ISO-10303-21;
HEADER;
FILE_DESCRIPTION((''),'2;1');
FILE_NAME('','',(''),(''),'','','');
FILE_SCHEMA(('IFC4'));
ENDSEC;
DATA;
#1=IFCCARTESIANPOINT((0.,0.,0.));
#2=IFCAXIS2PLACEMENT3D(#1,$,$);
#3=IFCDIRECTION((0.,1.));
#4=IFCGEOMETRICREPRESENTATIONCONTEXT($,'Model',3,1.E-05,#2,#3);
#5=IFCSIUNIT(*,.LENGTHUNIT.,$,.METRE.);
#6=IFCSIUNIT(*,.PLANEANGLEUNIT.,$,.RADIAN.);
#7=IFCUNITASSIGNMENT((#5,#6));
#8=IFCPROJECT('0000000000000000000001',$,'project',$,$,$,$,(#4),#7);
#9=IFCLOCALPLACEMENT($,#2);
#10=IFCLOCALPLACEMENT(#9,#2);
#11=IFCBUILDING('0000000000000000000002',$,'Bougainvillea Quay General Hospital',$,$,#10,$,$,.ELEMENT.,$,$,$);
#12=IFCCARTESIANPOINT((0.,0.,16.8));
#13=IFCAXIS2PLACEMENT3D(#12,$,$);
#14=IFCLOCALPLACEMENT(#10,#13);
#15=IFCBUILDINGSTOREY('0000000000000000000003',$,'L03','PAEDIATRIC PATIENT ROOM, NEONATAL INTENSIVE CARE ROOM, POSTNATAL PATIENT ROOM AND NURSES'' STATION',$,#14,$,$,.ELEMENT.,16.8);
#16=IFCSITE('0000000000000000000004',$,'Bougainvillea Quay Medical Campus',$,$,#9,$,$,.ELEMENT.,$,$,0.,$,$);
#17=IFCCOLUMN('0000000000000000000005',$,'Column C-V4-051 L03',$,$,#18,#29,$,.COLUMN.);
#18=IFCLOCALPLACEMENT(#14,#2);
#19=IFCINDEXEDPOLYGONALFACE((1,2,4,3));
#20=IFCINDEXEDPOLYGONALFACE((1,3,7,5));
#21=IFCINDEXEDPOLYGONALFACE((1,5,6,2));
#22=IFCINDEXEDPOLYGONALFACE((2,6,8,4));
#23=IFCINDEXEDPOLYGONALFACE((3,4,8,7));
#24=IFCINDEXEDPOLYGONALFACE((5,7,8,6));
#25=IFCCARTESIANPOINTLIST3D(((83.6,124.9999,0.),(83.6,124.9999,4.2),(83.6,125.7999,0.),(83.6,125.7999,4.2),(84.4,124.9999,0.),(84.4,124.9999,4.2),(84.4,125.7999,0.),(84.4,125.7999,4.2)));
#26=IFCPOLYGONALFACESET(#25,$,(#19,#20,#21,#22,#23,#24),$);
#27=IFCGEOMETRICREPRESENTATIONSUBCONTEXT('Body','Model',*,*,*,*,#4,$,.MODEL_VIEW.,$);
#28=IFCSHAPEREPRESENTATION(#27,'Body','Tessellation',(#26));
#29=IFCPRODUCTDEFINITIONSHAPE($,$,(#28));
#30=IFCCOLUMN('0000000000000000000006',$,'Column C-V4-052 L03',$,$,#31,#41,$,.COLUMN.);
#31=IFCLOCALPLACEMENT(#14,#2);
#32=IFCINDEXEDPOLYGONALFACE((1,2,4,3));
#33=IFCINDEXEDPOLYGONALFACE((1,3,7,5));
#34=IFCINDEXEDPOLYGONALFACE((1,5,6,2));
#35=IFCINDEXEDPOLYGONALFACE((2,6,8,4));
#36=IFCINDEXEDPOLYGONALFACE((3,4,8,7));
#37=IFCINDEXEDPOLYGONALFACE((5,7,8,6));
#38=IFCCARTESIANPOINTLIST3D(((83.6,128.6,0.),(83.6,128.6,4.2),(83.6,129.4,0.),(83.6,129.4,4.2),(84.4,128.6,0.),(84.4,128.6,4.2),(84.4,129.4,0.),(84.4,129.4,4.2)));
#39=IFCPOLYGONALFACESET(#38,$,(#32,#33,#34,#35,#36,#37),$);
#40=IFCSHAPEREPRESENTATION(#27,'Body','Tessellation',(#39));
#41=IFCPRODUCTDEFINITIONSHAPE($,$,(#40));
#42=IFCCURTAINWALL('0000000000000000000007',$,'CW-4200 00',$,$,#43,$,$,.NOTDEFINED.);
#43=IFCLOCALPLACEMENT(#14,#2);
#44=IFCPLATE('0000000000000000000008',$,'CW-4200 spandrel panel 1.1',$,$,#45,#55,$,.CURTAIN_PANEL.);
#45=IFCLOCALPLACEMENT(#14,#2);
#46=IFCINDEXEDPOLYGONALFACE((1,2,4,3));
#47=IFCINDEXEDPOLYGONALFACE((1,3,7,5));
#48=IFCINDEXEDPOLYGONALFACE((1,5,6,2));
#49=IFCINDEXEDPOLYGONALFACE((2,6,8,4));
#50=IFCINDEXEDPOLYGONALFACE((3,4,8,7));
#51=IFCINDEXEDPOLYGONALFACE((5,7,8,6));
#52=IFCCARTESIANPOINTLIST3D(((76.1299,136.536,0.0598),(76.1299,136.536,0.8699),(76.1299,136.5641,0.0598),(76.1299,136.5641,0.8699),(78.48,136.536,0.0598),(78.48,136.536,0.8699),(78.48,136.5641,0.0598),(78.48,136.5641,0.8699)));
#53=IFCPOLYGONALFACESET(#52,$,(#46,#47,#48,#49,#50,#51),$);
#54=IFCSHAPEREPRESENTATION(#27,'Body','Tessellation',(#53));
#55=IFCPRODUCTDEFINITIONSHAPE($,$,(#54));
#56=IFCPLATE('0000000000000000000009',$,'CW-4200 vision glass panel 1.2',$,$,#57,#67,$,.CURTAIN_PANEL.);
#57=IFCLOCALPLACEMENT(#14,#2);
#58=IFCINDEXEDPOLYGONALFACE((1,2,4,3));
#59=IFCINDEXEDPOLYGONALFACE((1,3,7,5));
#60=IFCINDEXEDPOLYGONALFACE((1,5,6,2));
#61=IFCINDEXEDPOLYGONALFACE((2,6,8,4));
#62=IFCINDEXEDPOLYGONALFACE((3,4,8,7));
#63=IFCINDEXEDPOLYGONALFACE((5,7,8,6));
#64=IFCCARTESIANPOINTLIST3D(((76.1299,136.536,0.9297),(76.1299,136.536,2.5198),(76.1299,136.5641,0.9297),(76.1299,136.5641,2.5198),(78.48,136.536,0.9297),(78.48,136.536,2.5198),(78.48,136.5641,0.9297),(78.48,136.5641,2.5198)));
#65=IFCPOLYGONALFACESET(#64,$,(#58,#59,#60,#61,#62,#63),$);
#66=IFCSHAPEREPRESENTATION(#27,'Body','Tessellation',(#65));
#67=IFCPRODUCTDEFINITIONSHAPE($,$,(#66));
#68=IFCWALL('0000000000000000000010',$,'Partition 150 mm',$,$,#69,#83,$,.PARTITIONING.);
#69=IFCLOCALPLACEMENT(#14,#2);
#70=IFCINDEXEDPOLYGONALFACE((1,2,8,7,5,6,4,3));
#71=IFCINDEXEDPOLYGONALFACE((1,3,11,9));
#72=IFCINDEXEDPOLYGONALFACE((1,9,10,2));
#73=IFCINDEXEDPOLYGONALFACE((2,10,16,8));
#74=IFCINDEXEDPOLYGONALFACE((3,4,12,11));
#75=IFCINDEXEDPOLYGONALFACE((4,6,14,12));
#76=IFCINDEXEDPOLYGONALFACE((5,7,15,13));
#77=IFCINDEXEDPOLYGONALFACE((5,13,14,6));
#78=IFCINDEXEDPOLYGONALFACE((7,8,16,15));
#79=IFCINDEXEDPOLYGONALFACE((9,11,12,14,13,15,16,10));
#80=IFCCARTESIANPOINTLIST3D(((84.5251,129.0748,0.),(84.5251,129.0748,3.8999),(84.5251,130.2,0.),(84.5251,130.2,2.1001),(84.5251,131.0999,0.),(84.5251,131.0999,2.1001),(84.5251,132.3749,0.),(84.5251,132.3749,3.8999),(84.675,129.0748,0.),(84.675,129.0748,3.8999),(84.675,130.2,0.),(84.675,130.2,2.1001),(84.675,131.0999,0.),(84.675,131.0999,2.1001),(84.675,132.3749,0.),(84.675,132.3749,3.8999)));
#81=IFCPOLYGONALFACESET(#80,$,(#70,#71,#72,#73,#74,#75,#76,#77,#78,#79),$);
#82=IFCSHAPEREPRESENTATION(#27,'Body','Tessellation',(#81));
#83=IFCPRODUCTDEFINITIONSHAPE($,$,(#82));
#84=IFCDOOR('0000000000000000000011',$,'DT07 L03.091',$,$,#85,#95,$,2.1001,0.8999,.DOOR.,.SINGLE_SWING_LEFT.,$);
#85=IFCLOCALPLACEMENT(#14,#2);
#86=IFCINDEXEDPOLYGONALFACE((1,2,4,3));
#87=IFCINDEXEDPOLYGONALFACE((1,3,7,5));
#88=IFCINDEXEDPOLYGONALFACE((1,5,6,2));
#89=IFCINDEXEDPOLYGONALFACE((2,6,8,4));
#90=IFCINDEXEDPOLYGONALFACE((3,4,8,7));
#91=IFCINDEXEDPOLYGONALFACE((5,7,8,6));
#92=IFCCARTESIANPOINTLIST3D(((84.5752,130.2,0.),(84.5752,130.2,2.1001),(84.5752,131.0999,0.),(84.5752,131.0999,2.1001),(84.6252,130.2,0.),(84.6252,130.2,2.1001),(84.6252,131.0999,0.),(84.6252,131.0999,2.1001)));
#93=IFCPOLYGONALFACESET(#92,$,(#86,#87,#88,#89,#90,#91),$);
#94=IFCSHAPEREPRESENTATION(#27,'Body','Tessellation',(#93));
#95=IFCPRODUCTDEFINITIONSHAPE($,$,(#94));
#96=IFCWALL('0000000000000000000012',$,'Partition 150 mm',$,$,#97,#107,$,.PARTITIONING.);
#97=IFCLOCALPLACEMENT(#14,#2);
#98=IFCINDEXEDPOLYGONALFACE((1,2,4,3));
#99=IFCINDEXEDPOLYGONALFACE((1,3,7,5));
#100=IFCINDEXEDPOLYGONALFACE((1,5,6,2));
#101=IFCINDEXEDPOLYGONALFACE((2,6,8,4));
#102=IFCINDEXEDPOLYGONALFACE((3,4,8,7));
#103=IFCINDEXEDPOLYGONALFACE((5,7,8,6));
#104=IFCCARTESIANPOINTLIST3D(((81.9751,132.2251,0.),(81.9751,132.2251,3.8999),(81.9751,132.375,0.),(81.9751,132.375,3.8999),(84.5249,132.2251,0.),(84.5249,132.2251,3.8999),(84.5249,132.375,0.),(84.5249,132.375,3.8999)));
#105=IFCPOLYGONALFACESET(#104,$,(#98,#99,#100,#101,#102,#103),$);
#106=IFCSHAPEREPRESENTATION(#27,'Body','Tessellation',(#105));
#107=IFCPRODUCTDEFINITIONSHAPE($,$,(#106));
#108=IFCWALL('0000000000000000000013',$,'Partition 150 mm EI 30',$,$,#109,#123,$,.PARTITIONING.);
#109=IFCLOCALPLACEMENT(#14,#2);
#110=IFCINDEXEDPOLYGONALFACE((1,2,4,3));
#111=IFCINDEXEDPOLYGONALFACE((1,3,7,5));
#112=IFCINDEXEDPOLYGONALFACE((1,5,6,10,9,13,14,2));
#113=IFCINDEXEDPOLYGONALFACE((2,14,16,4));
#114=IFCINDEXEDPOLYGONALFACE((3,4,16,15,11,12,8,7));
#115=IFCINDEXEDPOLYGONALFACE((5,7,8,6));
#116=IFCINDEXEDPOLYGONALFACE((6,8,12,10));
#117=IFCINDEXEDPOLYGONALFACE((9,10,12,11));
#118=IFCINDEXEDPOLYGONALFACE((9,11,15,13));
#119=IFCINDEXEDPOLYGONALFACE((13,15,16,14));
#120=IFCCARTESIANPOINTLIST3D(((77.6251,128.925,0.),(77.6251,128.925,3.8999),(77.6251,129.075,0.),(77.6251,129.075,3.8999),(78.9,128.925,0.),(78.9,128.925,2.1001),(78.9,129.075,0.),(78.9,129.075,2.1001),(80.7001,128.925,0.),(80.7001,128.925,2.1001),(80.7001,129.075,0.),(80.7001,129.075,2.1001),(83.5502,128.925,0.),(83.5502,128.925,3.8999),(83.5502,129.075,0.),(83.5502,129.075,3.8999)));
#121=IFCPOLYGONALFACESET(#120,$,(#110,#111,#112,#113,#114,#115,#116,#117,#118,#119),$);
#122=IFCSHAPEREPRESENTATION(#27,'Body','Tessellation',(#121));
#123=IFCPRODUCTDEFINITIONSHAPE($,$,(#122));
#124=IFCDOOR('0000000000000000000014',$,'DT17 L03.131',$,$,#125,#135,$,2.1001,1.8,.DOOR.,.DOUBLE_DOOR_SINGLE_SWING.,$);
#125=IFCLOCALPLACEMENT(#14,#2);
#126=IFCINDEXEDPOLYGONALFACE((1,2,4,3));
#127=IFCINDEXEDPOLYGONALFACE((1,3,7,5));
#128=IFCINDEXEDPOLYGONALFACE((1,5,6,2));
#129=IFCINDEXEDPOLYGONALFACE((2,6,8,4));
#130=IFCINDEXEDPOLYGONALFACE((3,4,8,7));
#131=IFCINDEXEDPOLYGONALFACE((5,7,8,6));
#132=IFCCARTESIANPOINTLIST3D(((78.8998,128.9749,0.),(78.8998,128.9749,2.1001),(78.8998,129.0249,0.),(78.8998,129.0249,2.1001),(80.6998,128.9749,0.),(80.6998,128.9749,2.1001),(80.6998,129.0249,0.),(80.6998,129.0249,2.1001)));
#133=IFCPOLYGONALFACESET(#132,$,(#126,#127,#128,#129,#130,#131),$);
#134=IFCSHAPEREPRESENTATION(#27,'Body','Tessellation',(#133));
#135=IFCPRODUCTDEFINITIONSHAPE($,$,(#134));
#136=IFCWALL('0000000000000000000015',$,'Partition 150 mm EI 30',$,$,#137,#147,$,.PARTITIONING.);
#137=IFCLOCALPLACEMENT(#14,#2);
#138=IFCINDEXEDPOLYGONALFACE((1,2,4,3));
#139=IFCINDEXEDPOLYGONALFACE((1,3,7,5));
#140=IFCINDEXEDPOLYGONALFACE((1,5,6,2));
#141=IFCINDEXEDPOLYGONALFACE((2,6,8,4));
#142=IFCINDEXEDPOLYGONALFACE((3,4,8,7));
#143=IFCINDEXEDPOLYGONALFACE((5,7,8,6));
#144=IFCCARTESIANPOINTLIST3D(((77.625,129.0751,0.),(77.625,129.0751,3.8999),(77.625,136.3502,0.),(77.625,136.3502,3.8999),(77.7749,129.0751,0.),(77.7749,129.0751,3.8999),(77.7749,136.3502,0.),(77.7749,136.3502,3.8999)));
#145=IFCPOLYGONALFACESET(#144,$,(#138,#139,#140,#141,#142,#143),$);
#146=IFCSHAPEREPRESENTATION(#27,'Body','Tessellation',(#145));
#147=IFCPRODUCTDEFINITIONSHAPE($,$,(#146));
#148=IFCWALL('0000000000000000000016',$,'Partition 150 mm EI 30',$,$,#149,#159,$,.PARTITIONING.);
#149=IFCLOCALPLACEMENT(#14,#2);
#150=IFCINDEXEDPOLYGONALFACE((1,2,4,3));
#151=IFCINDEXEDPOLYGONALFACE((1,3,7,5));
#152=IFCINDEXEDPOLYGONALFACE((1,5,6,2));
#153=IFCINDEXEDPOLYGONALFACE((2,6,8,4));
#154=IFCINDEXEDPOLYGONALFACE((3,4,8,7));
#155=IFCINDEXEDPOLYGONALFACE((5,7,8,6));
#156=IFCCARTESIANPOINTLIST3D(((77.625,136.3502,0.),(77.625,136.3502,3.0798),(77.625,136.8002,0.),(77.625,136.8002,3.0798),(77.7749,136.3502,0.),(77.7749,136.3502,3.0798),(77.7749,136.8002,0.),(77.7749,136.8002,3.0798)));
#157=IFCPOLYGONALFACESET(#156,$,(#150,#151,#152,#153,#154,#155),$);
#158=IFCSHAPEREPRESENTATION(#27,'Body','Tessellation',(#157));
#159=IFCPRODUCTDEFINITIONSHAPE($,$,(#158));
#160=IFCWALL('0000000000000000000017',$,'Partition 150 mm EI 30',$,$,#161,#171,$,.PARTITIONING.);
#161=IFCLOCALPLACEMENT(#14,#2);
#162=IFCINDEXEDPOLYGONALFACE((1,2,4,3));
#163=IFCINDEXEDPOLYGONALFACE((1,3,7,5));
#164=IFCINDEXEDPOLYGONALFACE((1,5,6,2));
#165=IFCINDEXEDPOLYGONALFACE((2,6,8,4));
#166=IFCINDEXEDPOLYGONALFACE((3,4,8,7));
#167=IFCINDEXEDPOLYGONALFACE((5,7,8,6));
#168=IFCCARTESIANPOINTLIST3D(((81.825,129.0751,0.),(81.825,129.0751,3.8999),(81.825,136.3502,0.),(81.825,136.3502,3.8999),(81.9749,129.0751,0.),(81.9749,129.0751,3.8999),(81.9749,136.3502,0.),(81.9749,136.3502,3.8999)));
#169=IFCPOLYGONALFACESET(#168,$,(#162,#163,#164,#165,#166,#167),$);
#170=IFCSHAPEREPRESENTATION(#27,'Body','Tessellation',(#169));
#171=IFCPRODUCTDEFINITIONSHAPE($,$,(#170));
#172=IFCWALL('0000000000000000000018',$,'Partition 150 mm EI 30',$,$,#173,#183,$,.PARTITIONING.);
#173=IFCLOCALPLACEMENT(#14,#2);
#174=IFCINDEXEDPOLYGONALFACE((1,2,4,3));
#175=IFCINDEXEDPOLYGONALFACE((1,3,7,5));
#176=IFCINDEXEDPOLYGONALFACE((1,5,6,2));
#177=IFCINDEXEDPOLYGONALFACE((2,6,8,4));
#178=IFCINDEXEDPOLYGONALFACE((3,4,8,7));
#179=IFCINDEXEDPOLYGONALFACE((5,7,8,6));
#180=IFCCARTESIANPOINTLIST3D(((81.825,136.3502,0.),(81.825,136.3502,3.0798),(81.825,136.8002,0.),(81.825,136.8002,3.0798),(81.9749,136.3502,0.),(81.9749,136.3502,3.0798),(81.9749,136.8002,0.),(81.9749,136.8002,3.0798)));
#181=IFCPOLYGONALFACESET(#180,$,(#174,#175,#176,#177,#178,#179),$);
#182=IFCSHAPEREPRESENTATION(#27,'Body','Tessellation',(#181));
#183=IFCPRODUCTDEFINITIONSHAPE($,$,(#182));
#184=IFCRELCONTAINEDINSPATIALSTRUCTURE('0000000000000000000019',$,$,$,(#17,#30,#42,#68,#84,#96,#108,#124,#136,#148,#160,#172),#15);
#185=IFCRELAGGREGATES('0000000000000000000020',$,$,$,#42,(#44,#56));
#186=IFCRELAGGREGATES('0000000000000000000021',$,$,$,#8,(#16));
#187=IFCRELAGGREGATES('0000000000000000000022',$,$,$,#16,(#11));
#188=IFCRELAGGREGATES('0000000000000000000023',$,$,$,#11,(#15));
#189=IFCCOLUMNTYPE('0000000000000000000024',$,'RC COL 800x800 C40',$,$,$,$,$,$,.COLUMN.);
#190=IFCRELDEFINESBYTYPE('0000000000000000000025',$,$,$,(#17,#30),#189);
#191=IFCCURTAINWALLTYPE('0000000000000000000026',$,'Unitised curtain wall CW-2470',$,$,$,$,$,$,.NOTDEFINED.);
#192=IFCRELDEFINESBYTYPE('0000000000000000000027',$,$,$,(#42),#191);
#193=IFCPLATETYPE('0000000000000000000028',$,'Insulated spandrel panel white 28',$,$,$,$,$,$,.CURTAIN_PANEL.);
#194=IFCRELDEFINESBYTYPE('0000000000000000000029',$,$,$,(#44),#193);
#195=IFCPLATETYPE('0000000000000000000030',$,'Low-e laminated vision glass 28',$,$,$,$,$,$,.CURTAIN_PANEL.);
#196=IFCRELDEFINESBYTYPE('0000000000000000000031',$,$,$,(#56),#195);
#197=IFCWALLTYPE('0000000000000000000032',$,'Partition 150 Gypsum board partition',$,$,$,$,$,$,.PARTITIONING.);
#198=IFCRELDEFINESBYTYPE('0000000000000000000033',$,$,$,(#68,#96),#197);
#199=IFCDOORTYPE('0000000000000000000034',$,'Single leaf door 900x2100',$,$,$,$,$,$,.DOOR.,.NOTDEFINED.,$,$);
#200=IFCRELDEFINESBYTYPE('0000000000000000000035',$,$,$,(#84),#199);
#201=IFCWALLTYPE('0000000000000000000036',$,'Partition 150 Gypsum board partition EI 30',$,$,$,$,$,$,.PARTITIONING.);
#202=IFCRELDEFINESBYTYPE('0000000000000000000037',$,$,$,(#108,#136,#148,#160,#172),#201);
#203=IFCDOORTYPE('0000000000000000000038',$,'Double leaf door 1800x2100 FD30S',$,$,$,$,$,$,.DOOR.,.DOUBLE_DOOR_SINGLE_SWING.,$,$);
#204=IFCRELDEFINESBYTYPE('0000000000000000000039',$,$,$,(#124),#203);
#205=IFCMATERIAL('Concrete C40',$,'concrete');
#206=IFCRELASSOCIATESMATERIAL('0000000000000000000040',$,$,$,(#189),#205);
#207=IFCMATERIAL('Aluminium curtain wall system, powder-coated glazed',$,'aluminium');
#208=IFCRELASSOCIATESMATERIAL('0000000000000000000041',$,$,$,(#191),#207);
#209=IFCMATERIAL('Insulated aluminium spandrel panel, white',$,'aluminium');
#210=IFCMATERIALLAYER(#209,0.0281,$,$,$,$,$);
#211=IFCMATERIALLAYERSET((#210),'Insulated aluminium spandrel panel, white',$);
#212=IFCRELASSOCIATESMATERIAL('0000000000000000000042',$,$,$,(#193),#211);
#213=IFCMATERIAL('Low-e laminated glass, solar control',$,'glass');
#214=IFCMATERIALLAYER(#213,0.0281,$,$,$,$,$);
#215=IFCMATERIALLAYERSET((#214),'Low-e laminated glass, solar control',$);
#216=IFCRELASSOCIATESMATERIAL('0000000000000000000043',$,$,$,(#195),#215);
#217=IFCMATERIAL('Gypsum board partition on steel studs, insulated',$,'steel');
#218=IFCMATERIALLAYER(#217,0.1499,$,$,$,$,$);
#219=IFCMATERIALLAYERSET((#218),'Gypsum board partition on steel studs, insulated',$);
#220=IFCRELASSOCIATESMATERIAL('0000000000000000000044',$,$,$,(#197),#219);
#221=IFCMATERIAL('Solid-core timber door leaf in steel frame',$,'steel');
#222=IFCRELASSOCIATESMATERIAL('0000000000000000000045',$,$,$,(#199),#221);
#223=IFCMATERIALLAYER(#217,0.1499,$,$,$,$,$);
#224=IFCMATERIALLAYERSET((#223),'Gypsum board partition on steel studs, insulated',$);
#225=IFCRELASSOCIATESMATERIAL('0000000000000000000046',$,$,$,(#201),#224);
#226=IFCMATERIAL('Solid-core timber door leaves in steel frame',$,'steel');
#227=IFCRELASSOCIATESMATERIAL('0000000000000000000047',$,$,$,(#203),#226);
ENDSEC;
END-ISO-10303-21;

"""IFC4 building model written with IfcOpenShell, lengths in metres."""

from ifc_helpers import new_model, si_unit, direction, frame, frame_2d, origin, origin_2d, place, context, subcontext, project, spatial, rectangle, extrude, material, layer, layer_set, material_profile, profile_set, type_object, element, fill, aggregate, save


model = new_model("IFC4")

# Units and contexts
model_context = context("Model", 3, precision=1e-05, world=origin(), true_north=direction((0.0, 1.0)))
body_context = subcontext(model_context, "Body", "Model", "MODEL_VIEW")
ifc_project = project(units=[si_unit("LENGTHUNIT", "METRE"), si_unit("PLANEANGLEUNIT", "RADIAN")], contexts=[model_context])

# Site, building, storey
site_placement = place(None, origin())
site = spatial("IfcSite", under=ifc_project, at=site_placement, Name="Bougainvillea Quay Medical Campus", CompositionType="ELEMENT", RefElevation=0.0)
building_placement = place(site_placement, origin())
building = spatial("IfcBuilding", under=site, at=building_placement, Name="Bougainvillea Quay General Hospital", CompositionType="ELEMENT")
storey_placement = place(building_placement, frame((0.0, 0.0, 16.8)))
storey = spatial("IfcBuildingStorey", under=building, at=storey_placement, Name="L03", Description="PAEDIATRIC PATIENT ROOM, NEONATAL INTENSIVE CARE ROOM, POSTNATAL PATIENT ROOM AND NURSES' STATION", CompositionType="ELEMENT", Elevation=16.8)

# Columns
ifc_material_1 = material(Name="Concrete C40", Category="concrete")
ifc_material_profile = material_profile(ifc_material_1, rectangle(XDim=0.8, YDim=0.8, at=origin_2d()))
ifc_profile_set = profile_set([ifc_material_profile], Name="Concrete C40")
column_type = type_object("IfcColumnType", Name="RC COL 800x800 C40", PredefinedType="COLUMN", material=ifc_profile_set)
for number, where, z_axis, x_axis, name in (
    (1, (84.0, 125.3999, 0.0), (0.0, 0.0, 1.0), (1.0, 0.0, 0.0), "Column C-V4-051 L03"),
    (2, (84.0, 129.0, 0.0), (0.0, 0.0, 1.0), (1.0, 0.0, 0.0), "Column C-V4-052 L03"),
):
    element("IfcColumn", number, at=place(storey_placement, frame(where, z_axis=z_axis, x_axis=x_axis)), inside=storey, type_object=column_type, Name=name, PredefinedType="COLUMN", context=body_context, shape_type="SweptSolid", body=[
        extrude(rectangle(XDim=0.8, YDim=0.8, at=origin_2d()), origin(), (0.0, 0.0, 1.0), 4.2),
    ])

# Curtain wall, plates
ifc_material_2 = material(Name="Aluminium curtain wall system, powder-coated glazed", Category="aluminium")
curtain_wall_type = type_object("IfcCurtainWallType", Name="Unitised curtain wall CW-2470", PredefinedType="NOTDEFINED", material=ifc_material_2)
curtain_wall_placement = place(storey_placement, origin())
curtain_wall = element("IfcCurtainWall", 3, at=curtain_wall_placement, inside=storey, type_object=curtain_wall_type, Name="CW-4200 00", PredefinedType="NOTDEFINED")
ifc_material_3 = material(Name="Insulated aluminium spandrel panel, white", Category="aluminium")
ifc_layer_1 = layer(ifc_material_3, 0.0281)
ifc_layer_set_1 = layer_set([ifc_layer_1], Name="Insulated aluminium spandrel panel, white")
plate_type_1 = type_object("IfcPlateType", Name="Insulated spandrel panel white 28", PredefinedType="CURTAIN_PANEL", material=ifc_layer_set_1)
plate_1_placement = place(storey_placement, frame((77.3049, 136.55, 0.0598), z_axis=(0.0, 0.0, 1.0), x_axis=(-1.0, 0.0, 0.0)))
plate_1 = element("IfcPlate", 4, at=plate_1_placement, type_object=plate_type_1, Name="CW-4200 spandrel panel 1.1", PredefinedType="CURTAIN_PANEL", context=body_context, shape_type="SweptSolid", body=[
    extrude(rectangle(XDim=2.3501, YDim=0.0281, at=origin_2d()), origin(), (0.0, 0.0, 1.0), 0.8101),
])
ifc_material_4 = material(Name="Low-e laminated glass, solar control", Category="glass")
ifc_layer_2 = layer(ifc_material_4, 0.0281)
ifc_layer_set_2 = layer_set([ifc_layer_2], Name="Low-e laminated glass, solar control")
plate_type_2 = type_object("IfcPlateType", Name="Low-e laminated vision glass 28", PredefinedType="CURTAIN_PANEL", material=ifc_layer_set_2)
plate_2_placement = place(storey_placement, frame((77.3049, 136.55, 0.9297), z_axis=(0.0, 0.0, 1.0), x_axis=(-1.0, 0.0, 0.0)))
plate_2 = element("IfcPlate", 5, at=plate_2_placement, type_object=plate_type_2, Name="CW-4200 vision glass panel 1.2", PredefinedType="CURTAIN_PANEL", context=body_context, shape_type="SweptSolid", body=[
    extrude(rectangle(XDim=2.3501, YDim=0.0281, at=origin_2d()), origin(), (0.0, 0.0, 1.0), 1.5901),
])
aggregate(curtain_wall, [plate_1, plate_2])

# Wall, opening, door
ifc_material_5 = material(Name="Gypsum board partition on steel studs, insulated", Category="steel")
ifc_layer_3 = layer(ifc_material_5, 0.1499)
ifc_layer_set_3 = layer_set([ifc_layer_3], Name="Gypsum board partition on steel studs, insulated")
wall_type_1 = type_object("IfcWallType", Name="Partition 150 Gypsum board partition", PredefinedType="PARTITIONING", material=ifc_layer_set_3)
wall_1_placement = place(storey_placement, frame((84.6001, 129.075, 0.0), z_axis=(0.0, 0.0, 1.0), x_axis=(0.0, 1.0, 0.0)))
wall_1 = element("IfcWall", 6, at=wall_1_placement, inside=storey, type_object=wall_type_1, Name="Partition 150 mm", PredefinedType="PARTITIONING", context=body_context, shape_type="SweptSolid", body=[
    extrude(rectangle(XDim=3.3, YDim=0.1499, at=frame_2d((1.6499, 0.0))), origin(), (0.0, 0.0, 1.0), 3.8999),
])
opening_1_placement = place(wall_1_placement, frame((1.125, 0.0, 0.0)))
opening_1 = element("IfcOpeningElement", 7, at=opening_1_placement, cuts=wall_1, PredefinedType="OPENING", context=body_context, shape_type="SweptSolid", body=[
    extrude(rectangle(XDim=0.8999, YDim=2.1001, at=frame_2d((0.45, 1.05))), frame((0.0, 0.085, 0.0), z_axis=(0.0, -1.0, 0.0), x_axis=(1.0, 0.0, 0.0)), (0.0, 0.0, 1.0), 0.1699),
])
ifc_material_6 = material(Name="Solid-core timber door leaf in steel frame", Category="steel")
door_type_1 = type_object("IfcDoorType", Name="Single leaf door 900x2100", OperationType="NOTDEFINED", PredefinedType="DOOR", material=ifc_material_6)
door_1_placement = place(opening_1_placement, origin())
door_1 = element("IfcDoor", 8, at=door_1_placement, inside=storey, type_object=door_type_1, Name="DT07 L03.091", OperationType="SINGLE_SWING_LEFT", OverallHeight=2.1001, OverallWidth=0.8999, PredefinedType="DOOR", context=body_context, shape_type="SweptSolid", body=[
    extrude(rectangle(XDim=0.8999, YDim=2.1001, at=frame_2d((0.45, 1.05))), frame((0.0, 0.0249, 0.0), z_axis=(0.0, -1.0, 0.0), x_axis=(1.0, 0.0, 0.0)), (0.0, 0.0, 1.0), 0.05),
])
fill(opening_1, door_1)

# Wall
wall_2_placement = place(storey_placement, frame((81.9751, 132.3, 0.0), z_axis=(0.0, 0.0, 1.0), x_axis=(1.0, 0.0, 0.0)))
element("IfcWall", 9, at=wall_2_placement, inside=storey, type_object=wall_type_1, Name="Partition 150 mm", PredefinedType="PARTITIONING", context=body_context, shape_type="SweptSolid", body=[
    extrude(rectangle(XDim=2.5498, YDim=0.1499, at=frame_2d((1.2749, 0.0))), origin(), (0.0, 0.0, 1.0), 3.8999),
])

# Wall, opening, door
ifc_layer_4 = layer(ifc_material_5, 0.1499)
ifc_layer_set_4 = layer_set([ifc_layer_4], Name="Gypsum board partition on steel studs, insulated")
wall_type_2 = type_object("IfcWallType", Name="Partition 150 Gypsum board partition EI 30", PredefinedType="PARTITIONING", material=ifc_layer_set_4)
wall_3_placement = place(storey_placement, frame((83.55, 129.0, 0.0), z_axis=(0.0, 0.0, 1.0), x_axis=(-1.0, 0.0, 0.0)))
wall_3 = element("IfcWall", 10, at=wall_3_placement, inside=storey, type_object=wall_type_2, Name="Partition 150 mm EI 30", PredefinedType="PARTITIONING", context=body_context, shape_type="SweptSolid", body=[
    extrude(rectangle(XDim=5.925, YDim=0.1499, at=frame_2d((2.9624, 0.0))), origin(), (0.0, 0.0, 1.0), 3.8999),
])
opening_2_placement = place(wall_3_placement, frame((2.8501, 0.0, 0.0)))
opening_2 = element("IfcOpeningElement", 11, at=opening_2_placement, cuts=wall_3, PredefinedType="OPENING", context=body_context, shape_type="SweptSolid", body=[
    extrude(rectangle(XDim=1.8, YDim=2.1001, at=frame_2d((0.8999, 1.05))), frame((0.0, 0.085, 0.0), z_axis=(0.0, -1.0, 0.0), x_axis=(1.0, 0.0, 0.0)), (0.0, 0.0, 1.0), 0.1699),
])
ifc_material_7 = material(Name="Solid-core timber door leaves in steel frame", Category="steel")
door_type_2 = type_object("IfcDoorType", Name="Double leaf door 1800x2100 FD30S", OperationType="DOUBLE_DOOR_SINGLE_SWING", PredefinedType="DOOR", material=ifc_material_7)
door_2_placement = place(opening_2_placement, frame((1.8, 0.0, 0.0), z_axis=(0.0, 0.0, 1.0), x_axis=(-1.0, 0.0, 0.0)))
door_2 = element("IfcDoor", 12, at=door_2_placement, inside=storey, type_object=door_type_2, Name="DT17 L03.131", OperationType="DOUBLE_DOOR_SINGLE_SWING", OverallHeight=2.1001, OverallWidth=1.8, PredefinedType="DOOR", context=body_context, shape_type="SweptSolid", body=[
    extrude(rectangle(XDim=1.8, YDim=2.1001, at=frame_2d((0.8999, 1.05))), frame((0.0, 0.0249, 0.0), z_axis=(0.0, -1.0, 0.0), x_axis=(1.0, 0.0, 0.0)), (0.0, 0.0, 1.0), 0.05),
])
fill(opening_2, door_2)

# Walls
wall_4_placement = place(storey_placement, frame((77.7, 129.075, 0.0), z_axis=(0.0, 0.0, 1.0), x_axis=(0.0, 1.0, 0.0)))
element("IfcWall", 13, at=wall_4_placement, inside=storey, type_object=wall_type_2, Name="Partition 150 mm EI 30", PredefinedType="PARTITIONING", context=body_context, shape_type="SweptSolid", body=[
    extrude(rectangle(XDim=7.2751, YDim=0.1499, at=frame_2d((3.6377, 0.0))), origin(), (0.0, 0.0, 1.0), 3.8999),
])
wall_5_placement = place(storey_placement, frame((77.7, 136.3501, 0.0), z_axis=(0.0, 0.0, 1.0), x_axis=(0.0, 1.0, 0.0)))
element("IfcWall", 14, at=wall_5_placement, inside=storey, type_object=wall_type_2, Name="Partition 150 mm EI 30", PredefinedType="PARTITIONING", context=body_context, shape_type="SweptSolid", body=[
    extrude(rectangle(XDim=0.45, YDim=0.1499, at=frame_2d((0.2251, 0.0))), origin(), (0.0, 0.0, 1.0), 3.0798),
])
wall_6_placement = place(storey_placement, frame((81.8999, 129.075, 0.0), z_axis=(0.0, 0.0, 1.0), x_axis=(0.0, 1.0, 0.0)))
element("IfcWall", 15, at=wall_6_placement, inside=storey, type_object=wall_type_2, Name="Partition 150 mm EI 30", PredefinedType="PARTITIONING", context=body_context, shape_type="SweptSolid", body=[
    extrude(rectangle(XDim=7.2751, YDim=0.1499, at=frame_2d((3.6377, 0.0))), origin(), (0.0, 0.0, 1.0), 3.8999),
])
wall_7_placement = place(storey_placement, frame((81.8999, 136.3501, 0.0), z_axis=(0.0, 0.0, 1.0), x_axis=(0.0, 1.0, 0.0)))
element("IfcWall", 16, at=wall_7_placement, inside=storey, type_object=wall_type_2, Name="Partition 150 mm EI 30", PredefinedType="PARTITIONING", context=body_context, shape_type="SweptSolid", body=[
    extrude(rectangle(XDim=0.45, YDim=0.1499, at=frame_2d((0.2251, 0.0))), origin(), (0.0, 0.0, 1.0), 3.0798),
])

save(model, "model.ifc")
